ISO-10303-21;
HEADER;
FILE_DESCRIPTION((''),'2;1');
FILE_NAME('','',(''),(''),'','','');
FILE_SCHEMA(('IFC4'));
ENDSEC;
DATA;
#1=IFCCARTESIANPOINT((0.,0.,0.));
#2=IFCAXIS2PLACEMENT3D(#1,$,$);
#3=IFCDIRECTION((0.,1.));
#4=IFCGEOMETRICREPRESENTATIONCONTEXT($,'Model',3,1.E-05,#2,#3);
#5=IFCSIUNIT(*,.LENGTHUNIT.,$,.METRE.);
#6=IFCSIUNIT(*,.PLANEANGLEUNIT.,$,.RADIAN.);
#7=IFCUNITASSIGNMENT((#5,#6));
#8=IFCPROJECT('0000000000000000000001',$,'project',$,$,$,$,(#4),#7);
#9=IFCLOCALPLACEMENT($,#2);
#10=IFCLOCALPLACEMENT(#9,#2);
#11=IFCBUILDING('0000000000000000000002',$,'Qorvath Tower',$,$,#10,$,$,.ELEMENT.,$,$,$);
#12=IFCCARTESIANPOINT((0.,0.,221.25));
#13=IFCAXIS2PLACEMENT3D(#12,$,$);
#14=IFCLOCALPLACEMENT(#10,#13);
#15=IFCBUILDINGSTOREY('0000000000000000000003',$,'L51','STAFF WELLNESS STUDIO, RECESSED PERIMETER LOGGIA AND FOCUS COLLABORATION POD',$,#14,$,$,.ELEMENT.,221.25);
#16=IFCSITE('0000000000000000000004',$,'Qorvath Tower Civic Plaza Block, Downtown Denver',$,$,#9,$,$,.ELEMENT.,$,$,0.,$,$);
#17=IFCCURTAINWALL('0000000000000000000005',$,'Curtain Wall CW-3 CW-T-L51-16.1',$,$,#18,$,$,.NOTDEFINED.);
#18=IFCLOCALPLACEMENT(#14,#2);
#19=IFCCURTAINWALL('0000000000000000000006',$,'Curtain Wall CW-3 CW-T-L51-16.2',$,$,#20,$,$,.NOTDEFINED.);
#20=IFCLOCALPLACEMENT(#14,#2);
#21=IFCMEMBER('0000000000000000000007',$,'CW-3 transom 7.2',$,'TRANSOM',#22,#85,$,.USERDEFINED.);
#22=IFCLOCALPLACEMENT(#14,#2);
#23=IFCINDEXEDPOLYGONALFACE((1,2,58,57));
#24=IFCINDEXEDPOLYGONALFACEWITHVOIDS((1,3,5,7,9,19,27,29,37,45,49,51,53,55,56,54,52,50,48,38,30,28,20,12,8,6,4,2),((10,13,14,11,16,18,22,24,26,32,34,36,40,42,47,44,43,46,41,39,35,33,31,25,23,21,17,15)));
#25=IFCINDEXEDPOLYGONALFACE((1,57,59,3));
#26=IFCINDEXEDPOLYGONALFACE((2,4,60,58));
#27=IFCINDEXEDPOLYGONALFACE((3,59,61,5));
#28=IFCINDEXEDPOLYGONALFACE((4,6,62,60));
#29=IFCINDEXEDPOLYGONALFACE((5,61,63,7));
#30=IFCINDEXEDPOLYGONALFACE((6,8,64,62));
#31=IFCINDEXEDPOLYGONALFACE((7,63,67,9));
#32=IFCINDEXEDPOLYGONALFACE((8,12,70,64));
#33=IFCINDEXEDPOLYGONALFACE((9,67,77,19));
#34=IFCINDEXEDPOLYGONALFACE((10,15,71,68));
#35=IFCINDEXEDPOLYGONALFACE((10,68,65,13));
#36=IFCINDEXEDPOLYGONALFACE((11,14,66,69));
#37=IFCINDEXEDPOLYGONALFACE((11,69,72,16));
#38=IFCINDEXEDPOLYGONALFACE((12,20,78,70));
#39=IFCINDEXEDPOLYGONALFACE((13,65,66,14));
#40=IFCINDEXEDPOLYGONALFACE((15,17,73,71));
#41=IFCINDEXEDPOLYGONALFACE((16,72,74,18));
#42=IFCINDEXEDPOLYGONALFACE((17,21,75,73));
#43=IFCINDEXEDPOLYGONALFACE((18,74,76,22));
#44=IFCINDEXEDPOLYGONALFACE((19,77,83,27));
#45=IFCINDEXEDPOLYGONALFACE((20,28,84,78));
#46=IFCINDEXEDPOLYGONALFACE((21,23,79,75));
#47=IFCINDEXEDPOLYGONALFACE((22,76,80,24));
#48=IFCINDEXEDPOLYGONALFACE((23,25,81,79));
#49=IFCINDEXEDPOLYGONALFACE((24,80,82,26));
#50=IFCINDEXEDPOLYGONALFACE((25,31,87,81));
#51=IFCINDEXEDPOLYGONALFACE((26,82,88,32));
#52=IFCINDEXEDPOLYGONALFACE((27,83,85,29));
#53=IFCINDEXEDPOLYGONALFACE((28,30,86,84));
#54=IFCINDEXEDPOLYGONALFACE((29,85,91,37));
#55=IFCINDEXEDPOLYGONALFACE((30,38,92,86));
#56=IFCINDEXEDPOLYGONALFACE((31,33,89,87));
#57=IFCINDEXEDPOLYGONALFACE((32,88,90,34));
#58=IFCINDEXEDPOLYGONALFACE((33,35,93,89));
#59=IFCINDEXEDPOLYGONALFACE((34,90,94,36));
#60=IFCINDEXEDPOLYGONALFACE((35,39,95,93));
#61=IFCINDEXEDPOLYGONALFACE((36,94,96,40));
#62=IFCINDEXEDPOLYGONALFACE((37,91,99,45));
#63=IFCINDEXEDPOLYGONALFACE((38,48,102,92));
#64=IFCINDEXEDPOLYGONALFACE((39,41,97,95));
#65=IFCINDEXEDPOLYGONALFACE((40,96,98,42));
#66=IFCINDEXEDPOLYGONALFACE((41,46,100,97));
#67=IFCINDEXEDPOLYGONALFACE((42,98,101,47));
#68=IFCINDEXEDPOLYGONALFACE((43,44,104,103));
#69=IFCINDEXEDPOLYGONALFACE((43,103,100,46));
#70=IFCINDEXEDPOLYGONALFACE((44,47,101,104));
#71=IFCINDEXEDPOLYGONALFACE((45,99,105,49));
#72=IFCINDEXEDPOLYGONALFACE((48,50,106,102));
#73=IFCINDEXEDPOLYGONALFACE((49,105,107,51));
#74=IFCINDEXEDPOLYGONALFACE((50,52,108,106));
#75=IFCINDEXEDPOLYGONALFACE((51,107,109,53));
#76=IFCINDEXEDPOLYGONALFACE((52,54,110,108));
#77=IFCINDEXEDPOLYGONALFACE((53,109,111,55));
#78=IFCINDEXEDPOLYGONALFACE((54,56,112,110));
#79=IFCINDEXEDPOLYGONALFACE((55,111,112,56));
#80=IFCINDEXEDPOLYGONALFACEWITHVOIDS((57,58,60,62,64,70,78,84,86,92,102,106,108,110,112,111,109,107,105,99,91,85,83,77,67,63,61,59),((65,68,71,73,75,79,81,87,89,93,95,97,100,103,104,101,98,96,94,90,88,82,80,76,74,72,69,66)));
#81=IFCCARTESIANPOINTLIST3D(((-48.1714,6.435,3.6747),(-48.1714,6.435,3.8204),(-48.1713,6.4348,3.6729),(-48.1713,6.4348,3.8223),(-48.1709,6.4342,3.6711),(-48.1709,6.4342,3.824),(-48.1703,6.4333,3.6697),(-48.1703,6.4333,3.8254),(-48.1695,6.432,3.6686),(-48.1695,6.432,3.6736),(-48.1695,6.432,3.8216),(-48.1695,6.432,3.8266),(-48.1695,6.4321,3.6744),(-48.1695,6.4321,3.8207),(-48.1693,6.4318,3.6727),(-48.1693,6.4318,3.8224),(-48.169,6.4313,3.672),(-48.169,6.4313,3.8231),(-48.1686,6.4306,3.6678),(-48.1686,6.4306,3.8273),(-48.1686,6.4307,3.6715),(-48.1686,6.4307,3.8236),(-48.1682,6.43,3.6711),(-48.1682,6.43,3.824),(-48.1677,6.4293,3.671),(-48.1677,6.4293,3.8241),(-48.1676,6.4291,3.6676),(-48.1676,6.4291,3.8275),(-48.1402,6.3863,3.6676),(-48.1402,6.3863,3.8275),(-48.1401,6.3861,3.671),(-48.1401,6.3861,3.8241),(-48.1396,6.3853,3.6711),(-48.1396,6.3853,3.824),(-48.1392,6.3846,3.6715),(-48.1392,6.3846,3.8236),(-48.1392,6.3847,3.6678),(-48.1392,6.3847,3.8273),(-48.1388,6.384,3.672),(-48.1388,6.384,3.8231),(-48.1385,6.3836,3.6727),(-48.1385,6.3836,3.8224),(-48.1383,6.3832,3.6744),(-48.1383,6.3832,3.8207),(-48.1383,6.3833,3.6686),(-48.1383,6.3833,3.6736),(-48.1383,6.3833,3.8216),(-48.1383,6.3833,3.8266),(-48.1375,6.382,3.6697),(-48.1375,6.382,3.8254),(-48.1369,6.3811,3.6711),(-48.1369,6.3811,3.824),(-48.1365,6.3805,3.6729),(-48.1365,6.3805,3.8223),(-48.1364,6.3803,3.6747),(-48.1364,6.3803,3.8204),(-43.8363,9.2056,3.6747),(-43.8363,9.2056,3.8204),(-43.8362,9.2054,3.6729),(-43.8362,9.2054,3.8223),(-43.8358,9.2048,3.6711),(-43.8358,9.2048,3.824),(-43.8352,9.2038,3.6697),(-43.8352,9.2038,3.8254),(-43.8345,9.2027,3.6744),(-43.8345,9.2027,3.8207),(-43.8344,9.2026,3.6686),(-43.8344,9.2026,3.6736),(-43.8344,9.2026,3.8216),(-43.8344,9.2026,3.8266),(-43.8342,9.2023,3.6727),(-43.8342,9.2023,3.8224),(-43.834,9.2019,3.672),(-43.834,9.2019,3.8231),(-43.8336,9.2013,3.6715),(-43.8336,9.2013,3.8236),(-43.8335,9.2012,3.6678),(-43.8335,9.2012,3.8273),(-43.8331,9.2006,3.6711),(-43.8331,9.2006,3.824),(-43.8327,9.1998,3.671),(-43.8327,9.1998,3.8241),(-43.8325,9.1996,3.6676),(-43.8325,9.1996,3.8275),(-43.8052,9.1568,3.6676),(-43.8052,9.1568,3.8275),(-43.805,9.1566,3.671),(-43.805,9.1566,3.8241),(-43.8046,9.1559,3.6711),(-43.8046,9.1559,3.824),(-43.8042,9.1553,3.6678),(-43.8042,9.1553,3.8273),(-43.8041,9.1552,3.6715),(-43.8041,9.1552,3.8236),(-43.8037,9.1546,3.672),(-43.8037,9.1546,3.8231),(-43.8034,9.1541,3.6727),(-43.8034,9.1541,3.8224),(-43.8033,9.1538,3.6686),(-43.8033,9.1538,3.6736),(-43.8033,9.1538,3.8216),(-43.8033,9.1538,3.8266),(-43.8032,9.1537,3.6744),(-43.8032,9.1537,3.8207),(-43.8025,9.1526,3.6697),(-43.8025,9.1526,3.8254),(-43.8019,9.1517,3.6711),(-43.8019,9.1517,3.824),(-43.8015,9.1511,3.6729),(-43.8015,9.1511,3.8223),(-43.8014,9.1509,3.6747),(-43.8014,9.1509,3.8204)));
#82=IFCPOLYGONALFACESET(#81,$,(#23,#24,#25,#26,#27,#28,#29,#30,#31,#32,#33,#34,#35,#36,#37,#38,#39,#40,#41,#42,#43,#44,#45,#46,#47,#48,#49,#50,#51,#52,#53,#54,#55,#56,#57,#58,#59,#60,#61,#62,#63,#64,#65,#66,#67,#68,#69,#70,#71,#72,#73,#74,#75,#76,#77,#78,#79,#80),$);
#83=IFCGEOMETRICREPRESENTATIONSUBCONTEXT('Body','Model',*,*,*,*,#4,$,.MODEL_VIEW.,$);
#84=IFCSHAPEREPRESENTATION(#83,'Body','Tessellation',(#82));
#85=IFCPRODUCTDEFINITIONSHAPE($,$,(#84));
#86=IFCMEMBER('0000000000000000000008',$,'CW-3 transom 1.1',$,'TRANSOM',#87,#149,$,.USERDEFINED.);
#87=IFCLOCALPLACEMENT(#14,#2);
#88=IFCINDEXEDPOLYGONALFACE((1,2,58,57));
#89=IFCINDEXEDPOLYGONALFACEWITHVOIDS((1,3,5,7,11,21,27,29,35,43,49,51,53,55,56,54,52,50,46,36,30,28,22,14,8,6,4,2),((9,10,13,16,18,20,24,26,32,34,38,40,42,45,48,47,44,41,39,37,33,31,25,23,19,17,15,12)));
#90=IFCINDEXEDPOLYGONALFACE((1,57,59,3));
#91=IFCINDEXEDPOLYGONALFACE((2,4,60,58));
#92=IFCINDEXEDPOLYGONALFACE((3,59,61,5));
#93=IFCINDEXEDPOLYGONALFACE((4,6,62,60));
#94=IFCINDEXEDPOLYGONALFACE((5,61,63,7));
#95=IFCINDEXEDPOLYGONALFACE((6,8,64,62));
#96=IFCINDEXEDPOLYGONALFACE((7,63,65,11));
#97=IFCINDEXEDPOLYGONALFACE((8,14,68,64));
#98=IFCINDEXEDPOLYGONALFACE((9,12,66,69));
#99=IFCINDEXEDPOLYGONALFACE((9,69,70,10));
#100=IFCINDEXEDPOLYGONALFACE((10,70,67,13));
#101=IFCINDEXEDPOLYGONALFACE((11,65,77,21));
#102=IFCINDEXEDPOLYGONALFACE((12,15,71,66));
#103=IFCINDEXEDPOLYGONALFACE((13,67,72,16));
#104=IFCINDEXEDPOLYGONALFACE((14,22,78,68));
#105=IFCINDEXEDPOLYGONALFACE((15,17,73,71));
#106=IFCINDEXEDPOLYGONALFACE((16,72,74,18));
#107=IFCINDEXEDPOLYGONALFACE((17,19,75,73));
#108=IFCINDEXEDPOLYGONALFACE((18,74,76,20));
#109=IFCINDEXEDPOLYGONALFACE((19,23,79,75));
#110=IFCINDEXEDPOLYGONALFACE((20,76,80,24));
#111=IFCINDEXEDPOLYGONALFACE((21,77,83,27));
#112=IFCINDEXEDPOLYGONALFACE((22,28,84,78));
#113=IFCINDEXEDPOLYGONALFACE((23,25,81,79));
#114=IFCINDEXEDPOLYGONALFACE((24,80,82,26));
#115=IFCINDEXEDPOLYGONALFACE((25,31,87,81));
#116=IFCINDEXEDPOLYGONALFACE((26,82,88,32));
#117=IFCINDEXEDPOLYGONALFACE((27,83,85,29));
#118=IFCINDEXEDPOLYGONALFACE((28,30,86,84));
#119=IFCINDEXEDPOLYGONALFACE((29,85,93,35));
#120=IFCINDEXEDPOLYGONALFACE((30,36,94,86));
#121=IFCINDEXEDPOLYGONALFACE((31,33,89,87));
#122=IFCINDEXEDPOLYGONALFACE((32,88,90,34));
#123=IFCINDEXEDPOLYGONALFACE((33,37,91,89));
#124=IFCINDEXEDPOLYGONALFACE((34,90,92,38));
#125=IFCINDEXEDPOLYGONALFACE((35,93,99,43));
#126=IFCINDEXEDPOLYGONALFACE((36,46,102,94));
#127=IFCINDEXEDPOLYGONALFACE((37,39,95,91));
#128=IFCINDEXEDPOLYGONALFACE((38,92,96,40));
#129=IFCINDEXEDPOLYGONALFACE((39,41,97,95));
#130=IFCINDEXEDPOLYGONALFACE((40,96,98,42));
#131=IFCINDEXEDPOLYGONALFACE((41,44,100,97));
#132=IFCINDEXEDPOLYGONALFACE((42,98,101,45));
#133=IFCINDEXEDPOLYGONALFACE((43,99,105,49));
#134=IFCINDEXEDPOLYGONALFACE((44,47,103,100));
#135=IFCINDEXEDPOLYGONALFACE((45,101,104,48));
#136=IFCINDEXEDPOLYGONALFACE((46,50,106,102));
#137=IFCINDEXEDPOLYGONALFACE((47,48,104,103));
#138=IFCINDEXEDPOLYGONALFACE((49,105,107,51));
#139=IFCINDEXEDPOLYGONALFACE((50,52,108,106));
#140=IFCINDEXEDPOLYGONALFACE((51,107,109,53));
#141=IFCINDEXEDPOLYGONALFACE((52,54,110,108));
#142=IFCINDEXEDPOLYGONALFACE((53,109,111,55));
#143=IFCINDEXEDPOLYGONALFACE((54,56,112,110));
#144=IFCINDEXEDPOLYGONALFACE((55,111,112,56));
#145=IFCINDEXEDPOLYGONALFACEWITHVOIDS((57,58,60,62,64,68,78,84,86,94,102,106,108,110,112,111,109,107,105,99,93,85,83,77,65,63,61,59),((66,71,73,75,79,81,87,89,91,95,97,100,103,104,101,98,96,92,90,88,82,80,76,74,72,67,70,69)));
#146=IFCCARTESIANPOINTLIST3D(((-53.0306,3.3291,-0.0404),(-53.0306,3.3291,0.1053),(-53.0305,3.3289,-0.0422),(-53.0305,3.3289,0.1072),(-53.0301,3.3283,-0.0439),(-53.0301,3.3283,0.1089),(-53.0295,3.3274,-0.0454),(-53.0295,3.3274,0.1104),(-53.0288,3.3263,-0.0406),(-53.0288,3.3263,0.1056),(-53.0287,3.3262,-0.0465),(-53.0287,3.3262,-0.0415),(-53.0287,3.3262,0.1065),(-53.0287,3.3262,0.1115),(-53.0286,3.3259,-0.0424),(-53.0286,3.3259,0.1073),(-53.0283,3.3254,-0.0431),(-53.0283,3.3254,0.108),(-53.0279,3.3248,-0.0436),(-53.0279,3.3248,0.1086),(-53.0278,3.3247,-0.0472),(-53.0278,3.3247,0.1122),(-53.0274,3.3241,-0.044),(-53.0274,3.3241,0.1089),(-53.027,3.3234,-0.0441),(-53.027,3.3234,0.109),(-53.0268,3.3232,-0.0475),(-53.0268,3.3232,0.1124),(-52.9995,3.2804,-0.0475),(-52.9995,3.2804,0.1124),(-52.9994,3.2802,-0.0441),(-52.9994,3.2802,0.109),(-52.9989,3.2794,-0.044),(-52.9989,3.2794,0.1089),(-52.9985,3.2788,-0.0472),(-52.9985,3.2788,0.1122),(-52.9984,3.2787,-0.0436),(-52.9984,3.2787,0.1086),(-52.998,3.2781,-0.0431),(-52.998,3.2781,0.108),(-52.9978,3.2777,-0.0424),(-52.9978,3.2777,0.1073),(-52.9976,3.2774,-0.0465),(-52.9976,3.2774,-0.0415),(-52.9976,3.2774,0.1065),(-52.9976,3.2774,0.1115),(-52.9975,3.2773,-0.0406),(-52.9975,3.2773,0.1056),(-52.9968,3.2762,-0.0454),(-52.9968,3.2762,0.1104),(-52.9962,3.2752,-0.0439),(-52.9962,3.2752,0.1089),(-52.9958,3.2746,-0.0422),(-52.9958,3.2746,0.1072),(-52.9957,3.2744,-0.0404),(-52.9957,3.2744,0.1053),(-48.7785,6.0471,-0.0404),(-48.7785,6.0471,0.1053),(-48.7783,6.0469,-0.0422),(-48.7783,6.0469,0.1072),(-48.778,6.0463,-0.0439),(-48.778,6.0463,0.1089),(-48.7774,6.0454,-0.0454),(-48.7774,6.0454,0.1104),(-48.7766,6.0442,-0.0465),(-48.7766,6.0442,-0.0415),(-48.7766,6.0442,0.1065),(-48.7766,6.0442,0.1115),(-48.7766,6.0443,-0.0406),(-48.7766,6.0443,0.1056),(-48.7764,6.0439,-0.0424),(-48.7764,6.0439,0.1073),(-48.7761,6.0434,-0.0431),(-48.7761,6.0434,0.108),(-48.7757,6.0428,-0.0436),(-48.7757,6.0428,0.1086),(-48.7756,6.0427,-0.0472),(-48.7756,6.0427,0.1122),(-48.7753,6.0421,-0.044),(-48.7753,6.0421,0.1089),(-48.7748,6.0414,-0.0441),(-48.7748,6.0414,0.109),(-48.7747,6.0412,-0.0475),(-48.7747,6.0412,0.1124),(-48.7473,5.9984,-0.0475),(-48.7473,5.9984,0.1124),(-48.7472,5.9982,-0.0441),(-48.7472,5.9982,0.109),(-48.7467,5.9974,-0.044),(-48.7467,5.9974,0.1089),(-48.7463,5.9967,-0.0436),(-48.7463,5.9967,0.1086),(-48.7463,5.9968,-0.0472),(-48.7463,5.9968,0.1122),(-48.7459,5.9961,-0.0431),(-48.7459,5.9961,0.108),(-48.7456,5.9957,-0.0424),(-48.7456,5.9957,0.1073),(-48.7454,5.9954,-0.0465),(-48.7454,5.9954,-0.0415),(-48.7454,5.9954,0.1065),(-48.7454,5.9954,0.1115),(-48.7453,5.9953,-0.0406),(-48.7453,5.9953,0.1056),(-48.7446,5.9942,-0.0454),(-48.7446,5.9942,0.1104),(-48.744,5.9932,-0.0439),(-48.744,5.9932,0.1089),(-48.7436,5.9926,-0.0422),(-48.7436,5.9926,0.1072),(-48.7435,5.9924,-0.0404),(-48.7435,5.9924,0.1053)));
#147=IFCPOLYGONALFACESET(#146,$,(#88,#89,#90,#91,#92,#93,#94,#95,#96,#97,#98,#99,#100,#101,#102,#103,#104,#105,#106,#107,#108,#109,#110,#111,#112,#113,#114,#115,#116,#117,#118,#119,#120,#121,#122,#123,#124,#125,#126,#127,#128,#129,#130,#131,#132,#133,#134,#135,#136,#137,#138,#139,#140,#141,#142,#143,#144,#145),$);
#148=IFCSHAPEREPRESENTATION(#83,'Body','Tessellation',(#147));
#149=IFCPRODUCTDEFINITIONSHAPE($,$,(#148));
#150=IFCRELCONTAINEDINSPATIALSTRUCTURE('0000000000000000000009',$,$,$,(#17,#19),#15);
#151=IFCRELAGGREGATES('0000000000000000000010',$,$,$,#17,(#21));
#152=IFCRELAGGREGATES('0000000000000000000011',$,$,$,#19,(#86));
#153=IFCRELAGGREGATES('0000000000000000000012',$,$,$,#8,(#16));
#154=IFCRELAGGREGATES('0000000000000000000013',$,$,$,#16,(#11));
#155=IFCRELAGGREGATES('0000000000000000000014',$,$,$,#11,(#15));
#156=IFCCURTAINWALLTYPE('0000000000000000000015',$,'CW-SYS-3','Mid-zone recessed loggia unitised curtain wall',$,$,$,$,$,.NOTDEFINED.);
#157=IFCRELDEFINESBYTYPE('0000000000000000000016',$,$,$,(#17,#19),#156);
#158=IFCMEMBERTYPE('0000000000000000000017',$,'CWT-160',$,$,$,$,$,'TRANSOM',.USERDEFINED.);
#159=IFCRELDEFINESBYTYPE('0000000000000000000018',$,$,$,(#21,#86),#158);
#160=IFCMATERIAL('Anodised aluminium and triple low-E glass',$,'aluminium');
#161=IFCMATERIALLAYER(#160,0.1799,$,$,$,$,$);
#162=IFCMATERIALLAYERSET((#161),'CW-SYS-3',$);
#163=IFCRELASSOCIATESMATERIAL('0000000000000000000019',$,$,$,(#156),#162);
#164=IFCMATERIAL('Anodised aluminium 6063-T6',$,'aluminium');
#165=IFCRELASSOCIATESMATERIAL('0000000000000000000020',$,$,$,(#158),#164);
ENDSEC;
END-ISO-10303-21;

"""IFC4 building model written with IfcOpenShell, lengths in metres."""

from ifc_helpers import new_model, si_unit, direction, frame, origin, origin_2d, place, context, subcontext, project, spatial, hollow_rectangle, extrude, material, layer, layer_set, material_profile, profile_set, type_object, element, aggregate, save


model = new_model("IFC4")

# Units and contexts
model_context = context("Model", 3, precision=1e-05, world=origin(), true_north=direction((0.0, 1.0)))
body_context = subcontext(model_context, "Body", "Model", "MODEL_VIEW")
ifc_project = project(units=[si_unit("LENGTHUNIT", "METRE"), si_unit("PLANEANGLEUNIT", "RADIAN")], contexts=[model_context])

# Site, building, storey
site_placement = place(None, origin())
site = spatial("IfcSite", under=ifc_project, at=site_placement, Name="Qorvath Tower Civic Plaza Block, Downtown Denver", CompositionType="ELEMENT", RefElevation=0.0)
building_placement = place(site_placement, origin())
building = spatial("IfcBuilding", under=site, at=building_placement, Name="Qorvath Tower", CompositionType="ELEMENT")
storey_placement = place(building_placement, frame((0.0, 0.0, 221.25)))
storey = spatial("IfcBuildingStorey", under=building, at=storey_placement, Name="L51", Description="STAFF WELLNESS STUDIO, RECESSED PERIMETER LOGGIA AND FOCUS COLLABORATION POD", CompositionType="ELEMENT", Elevation=221.25)

# Curtain walls
ifc_material_1 = material(Name="Anodised aluminium and triple low-E glass", Category="aluminium")
ifc_layer_1 = layer(ifc_material_1, 0.1799)
ifc_layer_set_1 = layer_set([ifc_layer_1], Name="CW-SYS-3")
curtain_wall_type = type_object("IfcCurtainWallType", Name="CW-SYS-3", Description="Mid-zone recessed loggia unitised curtain wall", PredefinedType="NOTDEFINED", material=ifc_layer_set_1)
curtain_wall_1_placement = place(storey_placement, origin())
curtain_wall_1 = element("IfcCurtainWall", 1, at=curtain_wall_1_placement, inside=storey, type_object=curtain_wall_type, Name="Curtain Wall CW-3 CW-T-L51-16.1", PredefinedType="NOTDEFINED")
curtain_wall_2_placement = place(storey_placement, origin())
curtain_wall_2 = element("IfcCurtainWall", 2, at=curtain_wall_2_placement, inside=storey, type_object=curtain_wall_type, Name="Curtain Wall CW-3 CW-T-L51-16.2", PredefinedType="NOTDEFINED")

# Members
ifc_material_2 = material(Name="Anodised aluminium 6063-T6", Category="aluminium")
ifc_material_profile_1 = material_profile(ifc_material_2, hollow_rectangle(XDim=0.0649, YDim=0.1599, WallThickness=0.0034, InnerFilletRadius=0.0034, OuterFilletRadius=0.0071, at=origin_2d()), Name="CWT 160x65")
ifc_profile_set_1 = profile_set([ifc_material_profile_1], Name="Anodised aluminium 6063-T6")
member_type_1 = type_object("IfcMemberType", Name="CWT-160", ElementType="TRANSOM", PredefinedType="USERDEFINED", material=ifc_profile_set_1)
member_1_placement = place(storey_placement, frame((-43.8188, 9.1782, 3.7476), z_axis=(-0.842613, -0.53852, 0.0), x_axis=(0.53852, -0.842613, 0.0)))
member_1 = element("IfcMember", 3, at=member_1_placement, type_object=member_type_1, Name="CW-3 transom 7.2", ObjectType="TRANSOM", PredefinedType="USERDEFINED", context=body_context, shape_type="SweptSolid", body=[
    extrude(hollow_rectangle(XDim=0.0649, YDim=0.1599, WallThickness=0.0034, InnerFilletRadius=0.0034, OuterFilletRadius=0.0071, at=origin_2d()), origin(), (0.0, 0.0, 1.0), 5.1448),
])
member_2_placement = place(storey_placement, frame((-48.761, 6.0198, 0.0325), z_axis=(-0.842576, -0.538577, 0.0), x_axis=(0.538577, -0.842576, 0.0)))
member_2 = element("IfcMember", 4, at=member_2_placement, type_object=member_type_1, Name="CW-3 transom 1.1", ObjectType="TRANSOM", PredefinedType="USERDEFINED", context=body_context, shape_type="SweptSolid", body=[
    extrude(hollow_rectangle(XDim=0.0649, YDim=0.1599, WallThickness=0.0034, InnerFilletRadius=0.0034, OuterFilletRadius=0.0071, at=origin_2d()), origin(), (0.0, 0.0, 1.0), 5.0466),
])

aggregate(curtain_wall_1, [member_1])
aggregate(curtain_wall_2, [member_2])

save(model, "model.ifc")
